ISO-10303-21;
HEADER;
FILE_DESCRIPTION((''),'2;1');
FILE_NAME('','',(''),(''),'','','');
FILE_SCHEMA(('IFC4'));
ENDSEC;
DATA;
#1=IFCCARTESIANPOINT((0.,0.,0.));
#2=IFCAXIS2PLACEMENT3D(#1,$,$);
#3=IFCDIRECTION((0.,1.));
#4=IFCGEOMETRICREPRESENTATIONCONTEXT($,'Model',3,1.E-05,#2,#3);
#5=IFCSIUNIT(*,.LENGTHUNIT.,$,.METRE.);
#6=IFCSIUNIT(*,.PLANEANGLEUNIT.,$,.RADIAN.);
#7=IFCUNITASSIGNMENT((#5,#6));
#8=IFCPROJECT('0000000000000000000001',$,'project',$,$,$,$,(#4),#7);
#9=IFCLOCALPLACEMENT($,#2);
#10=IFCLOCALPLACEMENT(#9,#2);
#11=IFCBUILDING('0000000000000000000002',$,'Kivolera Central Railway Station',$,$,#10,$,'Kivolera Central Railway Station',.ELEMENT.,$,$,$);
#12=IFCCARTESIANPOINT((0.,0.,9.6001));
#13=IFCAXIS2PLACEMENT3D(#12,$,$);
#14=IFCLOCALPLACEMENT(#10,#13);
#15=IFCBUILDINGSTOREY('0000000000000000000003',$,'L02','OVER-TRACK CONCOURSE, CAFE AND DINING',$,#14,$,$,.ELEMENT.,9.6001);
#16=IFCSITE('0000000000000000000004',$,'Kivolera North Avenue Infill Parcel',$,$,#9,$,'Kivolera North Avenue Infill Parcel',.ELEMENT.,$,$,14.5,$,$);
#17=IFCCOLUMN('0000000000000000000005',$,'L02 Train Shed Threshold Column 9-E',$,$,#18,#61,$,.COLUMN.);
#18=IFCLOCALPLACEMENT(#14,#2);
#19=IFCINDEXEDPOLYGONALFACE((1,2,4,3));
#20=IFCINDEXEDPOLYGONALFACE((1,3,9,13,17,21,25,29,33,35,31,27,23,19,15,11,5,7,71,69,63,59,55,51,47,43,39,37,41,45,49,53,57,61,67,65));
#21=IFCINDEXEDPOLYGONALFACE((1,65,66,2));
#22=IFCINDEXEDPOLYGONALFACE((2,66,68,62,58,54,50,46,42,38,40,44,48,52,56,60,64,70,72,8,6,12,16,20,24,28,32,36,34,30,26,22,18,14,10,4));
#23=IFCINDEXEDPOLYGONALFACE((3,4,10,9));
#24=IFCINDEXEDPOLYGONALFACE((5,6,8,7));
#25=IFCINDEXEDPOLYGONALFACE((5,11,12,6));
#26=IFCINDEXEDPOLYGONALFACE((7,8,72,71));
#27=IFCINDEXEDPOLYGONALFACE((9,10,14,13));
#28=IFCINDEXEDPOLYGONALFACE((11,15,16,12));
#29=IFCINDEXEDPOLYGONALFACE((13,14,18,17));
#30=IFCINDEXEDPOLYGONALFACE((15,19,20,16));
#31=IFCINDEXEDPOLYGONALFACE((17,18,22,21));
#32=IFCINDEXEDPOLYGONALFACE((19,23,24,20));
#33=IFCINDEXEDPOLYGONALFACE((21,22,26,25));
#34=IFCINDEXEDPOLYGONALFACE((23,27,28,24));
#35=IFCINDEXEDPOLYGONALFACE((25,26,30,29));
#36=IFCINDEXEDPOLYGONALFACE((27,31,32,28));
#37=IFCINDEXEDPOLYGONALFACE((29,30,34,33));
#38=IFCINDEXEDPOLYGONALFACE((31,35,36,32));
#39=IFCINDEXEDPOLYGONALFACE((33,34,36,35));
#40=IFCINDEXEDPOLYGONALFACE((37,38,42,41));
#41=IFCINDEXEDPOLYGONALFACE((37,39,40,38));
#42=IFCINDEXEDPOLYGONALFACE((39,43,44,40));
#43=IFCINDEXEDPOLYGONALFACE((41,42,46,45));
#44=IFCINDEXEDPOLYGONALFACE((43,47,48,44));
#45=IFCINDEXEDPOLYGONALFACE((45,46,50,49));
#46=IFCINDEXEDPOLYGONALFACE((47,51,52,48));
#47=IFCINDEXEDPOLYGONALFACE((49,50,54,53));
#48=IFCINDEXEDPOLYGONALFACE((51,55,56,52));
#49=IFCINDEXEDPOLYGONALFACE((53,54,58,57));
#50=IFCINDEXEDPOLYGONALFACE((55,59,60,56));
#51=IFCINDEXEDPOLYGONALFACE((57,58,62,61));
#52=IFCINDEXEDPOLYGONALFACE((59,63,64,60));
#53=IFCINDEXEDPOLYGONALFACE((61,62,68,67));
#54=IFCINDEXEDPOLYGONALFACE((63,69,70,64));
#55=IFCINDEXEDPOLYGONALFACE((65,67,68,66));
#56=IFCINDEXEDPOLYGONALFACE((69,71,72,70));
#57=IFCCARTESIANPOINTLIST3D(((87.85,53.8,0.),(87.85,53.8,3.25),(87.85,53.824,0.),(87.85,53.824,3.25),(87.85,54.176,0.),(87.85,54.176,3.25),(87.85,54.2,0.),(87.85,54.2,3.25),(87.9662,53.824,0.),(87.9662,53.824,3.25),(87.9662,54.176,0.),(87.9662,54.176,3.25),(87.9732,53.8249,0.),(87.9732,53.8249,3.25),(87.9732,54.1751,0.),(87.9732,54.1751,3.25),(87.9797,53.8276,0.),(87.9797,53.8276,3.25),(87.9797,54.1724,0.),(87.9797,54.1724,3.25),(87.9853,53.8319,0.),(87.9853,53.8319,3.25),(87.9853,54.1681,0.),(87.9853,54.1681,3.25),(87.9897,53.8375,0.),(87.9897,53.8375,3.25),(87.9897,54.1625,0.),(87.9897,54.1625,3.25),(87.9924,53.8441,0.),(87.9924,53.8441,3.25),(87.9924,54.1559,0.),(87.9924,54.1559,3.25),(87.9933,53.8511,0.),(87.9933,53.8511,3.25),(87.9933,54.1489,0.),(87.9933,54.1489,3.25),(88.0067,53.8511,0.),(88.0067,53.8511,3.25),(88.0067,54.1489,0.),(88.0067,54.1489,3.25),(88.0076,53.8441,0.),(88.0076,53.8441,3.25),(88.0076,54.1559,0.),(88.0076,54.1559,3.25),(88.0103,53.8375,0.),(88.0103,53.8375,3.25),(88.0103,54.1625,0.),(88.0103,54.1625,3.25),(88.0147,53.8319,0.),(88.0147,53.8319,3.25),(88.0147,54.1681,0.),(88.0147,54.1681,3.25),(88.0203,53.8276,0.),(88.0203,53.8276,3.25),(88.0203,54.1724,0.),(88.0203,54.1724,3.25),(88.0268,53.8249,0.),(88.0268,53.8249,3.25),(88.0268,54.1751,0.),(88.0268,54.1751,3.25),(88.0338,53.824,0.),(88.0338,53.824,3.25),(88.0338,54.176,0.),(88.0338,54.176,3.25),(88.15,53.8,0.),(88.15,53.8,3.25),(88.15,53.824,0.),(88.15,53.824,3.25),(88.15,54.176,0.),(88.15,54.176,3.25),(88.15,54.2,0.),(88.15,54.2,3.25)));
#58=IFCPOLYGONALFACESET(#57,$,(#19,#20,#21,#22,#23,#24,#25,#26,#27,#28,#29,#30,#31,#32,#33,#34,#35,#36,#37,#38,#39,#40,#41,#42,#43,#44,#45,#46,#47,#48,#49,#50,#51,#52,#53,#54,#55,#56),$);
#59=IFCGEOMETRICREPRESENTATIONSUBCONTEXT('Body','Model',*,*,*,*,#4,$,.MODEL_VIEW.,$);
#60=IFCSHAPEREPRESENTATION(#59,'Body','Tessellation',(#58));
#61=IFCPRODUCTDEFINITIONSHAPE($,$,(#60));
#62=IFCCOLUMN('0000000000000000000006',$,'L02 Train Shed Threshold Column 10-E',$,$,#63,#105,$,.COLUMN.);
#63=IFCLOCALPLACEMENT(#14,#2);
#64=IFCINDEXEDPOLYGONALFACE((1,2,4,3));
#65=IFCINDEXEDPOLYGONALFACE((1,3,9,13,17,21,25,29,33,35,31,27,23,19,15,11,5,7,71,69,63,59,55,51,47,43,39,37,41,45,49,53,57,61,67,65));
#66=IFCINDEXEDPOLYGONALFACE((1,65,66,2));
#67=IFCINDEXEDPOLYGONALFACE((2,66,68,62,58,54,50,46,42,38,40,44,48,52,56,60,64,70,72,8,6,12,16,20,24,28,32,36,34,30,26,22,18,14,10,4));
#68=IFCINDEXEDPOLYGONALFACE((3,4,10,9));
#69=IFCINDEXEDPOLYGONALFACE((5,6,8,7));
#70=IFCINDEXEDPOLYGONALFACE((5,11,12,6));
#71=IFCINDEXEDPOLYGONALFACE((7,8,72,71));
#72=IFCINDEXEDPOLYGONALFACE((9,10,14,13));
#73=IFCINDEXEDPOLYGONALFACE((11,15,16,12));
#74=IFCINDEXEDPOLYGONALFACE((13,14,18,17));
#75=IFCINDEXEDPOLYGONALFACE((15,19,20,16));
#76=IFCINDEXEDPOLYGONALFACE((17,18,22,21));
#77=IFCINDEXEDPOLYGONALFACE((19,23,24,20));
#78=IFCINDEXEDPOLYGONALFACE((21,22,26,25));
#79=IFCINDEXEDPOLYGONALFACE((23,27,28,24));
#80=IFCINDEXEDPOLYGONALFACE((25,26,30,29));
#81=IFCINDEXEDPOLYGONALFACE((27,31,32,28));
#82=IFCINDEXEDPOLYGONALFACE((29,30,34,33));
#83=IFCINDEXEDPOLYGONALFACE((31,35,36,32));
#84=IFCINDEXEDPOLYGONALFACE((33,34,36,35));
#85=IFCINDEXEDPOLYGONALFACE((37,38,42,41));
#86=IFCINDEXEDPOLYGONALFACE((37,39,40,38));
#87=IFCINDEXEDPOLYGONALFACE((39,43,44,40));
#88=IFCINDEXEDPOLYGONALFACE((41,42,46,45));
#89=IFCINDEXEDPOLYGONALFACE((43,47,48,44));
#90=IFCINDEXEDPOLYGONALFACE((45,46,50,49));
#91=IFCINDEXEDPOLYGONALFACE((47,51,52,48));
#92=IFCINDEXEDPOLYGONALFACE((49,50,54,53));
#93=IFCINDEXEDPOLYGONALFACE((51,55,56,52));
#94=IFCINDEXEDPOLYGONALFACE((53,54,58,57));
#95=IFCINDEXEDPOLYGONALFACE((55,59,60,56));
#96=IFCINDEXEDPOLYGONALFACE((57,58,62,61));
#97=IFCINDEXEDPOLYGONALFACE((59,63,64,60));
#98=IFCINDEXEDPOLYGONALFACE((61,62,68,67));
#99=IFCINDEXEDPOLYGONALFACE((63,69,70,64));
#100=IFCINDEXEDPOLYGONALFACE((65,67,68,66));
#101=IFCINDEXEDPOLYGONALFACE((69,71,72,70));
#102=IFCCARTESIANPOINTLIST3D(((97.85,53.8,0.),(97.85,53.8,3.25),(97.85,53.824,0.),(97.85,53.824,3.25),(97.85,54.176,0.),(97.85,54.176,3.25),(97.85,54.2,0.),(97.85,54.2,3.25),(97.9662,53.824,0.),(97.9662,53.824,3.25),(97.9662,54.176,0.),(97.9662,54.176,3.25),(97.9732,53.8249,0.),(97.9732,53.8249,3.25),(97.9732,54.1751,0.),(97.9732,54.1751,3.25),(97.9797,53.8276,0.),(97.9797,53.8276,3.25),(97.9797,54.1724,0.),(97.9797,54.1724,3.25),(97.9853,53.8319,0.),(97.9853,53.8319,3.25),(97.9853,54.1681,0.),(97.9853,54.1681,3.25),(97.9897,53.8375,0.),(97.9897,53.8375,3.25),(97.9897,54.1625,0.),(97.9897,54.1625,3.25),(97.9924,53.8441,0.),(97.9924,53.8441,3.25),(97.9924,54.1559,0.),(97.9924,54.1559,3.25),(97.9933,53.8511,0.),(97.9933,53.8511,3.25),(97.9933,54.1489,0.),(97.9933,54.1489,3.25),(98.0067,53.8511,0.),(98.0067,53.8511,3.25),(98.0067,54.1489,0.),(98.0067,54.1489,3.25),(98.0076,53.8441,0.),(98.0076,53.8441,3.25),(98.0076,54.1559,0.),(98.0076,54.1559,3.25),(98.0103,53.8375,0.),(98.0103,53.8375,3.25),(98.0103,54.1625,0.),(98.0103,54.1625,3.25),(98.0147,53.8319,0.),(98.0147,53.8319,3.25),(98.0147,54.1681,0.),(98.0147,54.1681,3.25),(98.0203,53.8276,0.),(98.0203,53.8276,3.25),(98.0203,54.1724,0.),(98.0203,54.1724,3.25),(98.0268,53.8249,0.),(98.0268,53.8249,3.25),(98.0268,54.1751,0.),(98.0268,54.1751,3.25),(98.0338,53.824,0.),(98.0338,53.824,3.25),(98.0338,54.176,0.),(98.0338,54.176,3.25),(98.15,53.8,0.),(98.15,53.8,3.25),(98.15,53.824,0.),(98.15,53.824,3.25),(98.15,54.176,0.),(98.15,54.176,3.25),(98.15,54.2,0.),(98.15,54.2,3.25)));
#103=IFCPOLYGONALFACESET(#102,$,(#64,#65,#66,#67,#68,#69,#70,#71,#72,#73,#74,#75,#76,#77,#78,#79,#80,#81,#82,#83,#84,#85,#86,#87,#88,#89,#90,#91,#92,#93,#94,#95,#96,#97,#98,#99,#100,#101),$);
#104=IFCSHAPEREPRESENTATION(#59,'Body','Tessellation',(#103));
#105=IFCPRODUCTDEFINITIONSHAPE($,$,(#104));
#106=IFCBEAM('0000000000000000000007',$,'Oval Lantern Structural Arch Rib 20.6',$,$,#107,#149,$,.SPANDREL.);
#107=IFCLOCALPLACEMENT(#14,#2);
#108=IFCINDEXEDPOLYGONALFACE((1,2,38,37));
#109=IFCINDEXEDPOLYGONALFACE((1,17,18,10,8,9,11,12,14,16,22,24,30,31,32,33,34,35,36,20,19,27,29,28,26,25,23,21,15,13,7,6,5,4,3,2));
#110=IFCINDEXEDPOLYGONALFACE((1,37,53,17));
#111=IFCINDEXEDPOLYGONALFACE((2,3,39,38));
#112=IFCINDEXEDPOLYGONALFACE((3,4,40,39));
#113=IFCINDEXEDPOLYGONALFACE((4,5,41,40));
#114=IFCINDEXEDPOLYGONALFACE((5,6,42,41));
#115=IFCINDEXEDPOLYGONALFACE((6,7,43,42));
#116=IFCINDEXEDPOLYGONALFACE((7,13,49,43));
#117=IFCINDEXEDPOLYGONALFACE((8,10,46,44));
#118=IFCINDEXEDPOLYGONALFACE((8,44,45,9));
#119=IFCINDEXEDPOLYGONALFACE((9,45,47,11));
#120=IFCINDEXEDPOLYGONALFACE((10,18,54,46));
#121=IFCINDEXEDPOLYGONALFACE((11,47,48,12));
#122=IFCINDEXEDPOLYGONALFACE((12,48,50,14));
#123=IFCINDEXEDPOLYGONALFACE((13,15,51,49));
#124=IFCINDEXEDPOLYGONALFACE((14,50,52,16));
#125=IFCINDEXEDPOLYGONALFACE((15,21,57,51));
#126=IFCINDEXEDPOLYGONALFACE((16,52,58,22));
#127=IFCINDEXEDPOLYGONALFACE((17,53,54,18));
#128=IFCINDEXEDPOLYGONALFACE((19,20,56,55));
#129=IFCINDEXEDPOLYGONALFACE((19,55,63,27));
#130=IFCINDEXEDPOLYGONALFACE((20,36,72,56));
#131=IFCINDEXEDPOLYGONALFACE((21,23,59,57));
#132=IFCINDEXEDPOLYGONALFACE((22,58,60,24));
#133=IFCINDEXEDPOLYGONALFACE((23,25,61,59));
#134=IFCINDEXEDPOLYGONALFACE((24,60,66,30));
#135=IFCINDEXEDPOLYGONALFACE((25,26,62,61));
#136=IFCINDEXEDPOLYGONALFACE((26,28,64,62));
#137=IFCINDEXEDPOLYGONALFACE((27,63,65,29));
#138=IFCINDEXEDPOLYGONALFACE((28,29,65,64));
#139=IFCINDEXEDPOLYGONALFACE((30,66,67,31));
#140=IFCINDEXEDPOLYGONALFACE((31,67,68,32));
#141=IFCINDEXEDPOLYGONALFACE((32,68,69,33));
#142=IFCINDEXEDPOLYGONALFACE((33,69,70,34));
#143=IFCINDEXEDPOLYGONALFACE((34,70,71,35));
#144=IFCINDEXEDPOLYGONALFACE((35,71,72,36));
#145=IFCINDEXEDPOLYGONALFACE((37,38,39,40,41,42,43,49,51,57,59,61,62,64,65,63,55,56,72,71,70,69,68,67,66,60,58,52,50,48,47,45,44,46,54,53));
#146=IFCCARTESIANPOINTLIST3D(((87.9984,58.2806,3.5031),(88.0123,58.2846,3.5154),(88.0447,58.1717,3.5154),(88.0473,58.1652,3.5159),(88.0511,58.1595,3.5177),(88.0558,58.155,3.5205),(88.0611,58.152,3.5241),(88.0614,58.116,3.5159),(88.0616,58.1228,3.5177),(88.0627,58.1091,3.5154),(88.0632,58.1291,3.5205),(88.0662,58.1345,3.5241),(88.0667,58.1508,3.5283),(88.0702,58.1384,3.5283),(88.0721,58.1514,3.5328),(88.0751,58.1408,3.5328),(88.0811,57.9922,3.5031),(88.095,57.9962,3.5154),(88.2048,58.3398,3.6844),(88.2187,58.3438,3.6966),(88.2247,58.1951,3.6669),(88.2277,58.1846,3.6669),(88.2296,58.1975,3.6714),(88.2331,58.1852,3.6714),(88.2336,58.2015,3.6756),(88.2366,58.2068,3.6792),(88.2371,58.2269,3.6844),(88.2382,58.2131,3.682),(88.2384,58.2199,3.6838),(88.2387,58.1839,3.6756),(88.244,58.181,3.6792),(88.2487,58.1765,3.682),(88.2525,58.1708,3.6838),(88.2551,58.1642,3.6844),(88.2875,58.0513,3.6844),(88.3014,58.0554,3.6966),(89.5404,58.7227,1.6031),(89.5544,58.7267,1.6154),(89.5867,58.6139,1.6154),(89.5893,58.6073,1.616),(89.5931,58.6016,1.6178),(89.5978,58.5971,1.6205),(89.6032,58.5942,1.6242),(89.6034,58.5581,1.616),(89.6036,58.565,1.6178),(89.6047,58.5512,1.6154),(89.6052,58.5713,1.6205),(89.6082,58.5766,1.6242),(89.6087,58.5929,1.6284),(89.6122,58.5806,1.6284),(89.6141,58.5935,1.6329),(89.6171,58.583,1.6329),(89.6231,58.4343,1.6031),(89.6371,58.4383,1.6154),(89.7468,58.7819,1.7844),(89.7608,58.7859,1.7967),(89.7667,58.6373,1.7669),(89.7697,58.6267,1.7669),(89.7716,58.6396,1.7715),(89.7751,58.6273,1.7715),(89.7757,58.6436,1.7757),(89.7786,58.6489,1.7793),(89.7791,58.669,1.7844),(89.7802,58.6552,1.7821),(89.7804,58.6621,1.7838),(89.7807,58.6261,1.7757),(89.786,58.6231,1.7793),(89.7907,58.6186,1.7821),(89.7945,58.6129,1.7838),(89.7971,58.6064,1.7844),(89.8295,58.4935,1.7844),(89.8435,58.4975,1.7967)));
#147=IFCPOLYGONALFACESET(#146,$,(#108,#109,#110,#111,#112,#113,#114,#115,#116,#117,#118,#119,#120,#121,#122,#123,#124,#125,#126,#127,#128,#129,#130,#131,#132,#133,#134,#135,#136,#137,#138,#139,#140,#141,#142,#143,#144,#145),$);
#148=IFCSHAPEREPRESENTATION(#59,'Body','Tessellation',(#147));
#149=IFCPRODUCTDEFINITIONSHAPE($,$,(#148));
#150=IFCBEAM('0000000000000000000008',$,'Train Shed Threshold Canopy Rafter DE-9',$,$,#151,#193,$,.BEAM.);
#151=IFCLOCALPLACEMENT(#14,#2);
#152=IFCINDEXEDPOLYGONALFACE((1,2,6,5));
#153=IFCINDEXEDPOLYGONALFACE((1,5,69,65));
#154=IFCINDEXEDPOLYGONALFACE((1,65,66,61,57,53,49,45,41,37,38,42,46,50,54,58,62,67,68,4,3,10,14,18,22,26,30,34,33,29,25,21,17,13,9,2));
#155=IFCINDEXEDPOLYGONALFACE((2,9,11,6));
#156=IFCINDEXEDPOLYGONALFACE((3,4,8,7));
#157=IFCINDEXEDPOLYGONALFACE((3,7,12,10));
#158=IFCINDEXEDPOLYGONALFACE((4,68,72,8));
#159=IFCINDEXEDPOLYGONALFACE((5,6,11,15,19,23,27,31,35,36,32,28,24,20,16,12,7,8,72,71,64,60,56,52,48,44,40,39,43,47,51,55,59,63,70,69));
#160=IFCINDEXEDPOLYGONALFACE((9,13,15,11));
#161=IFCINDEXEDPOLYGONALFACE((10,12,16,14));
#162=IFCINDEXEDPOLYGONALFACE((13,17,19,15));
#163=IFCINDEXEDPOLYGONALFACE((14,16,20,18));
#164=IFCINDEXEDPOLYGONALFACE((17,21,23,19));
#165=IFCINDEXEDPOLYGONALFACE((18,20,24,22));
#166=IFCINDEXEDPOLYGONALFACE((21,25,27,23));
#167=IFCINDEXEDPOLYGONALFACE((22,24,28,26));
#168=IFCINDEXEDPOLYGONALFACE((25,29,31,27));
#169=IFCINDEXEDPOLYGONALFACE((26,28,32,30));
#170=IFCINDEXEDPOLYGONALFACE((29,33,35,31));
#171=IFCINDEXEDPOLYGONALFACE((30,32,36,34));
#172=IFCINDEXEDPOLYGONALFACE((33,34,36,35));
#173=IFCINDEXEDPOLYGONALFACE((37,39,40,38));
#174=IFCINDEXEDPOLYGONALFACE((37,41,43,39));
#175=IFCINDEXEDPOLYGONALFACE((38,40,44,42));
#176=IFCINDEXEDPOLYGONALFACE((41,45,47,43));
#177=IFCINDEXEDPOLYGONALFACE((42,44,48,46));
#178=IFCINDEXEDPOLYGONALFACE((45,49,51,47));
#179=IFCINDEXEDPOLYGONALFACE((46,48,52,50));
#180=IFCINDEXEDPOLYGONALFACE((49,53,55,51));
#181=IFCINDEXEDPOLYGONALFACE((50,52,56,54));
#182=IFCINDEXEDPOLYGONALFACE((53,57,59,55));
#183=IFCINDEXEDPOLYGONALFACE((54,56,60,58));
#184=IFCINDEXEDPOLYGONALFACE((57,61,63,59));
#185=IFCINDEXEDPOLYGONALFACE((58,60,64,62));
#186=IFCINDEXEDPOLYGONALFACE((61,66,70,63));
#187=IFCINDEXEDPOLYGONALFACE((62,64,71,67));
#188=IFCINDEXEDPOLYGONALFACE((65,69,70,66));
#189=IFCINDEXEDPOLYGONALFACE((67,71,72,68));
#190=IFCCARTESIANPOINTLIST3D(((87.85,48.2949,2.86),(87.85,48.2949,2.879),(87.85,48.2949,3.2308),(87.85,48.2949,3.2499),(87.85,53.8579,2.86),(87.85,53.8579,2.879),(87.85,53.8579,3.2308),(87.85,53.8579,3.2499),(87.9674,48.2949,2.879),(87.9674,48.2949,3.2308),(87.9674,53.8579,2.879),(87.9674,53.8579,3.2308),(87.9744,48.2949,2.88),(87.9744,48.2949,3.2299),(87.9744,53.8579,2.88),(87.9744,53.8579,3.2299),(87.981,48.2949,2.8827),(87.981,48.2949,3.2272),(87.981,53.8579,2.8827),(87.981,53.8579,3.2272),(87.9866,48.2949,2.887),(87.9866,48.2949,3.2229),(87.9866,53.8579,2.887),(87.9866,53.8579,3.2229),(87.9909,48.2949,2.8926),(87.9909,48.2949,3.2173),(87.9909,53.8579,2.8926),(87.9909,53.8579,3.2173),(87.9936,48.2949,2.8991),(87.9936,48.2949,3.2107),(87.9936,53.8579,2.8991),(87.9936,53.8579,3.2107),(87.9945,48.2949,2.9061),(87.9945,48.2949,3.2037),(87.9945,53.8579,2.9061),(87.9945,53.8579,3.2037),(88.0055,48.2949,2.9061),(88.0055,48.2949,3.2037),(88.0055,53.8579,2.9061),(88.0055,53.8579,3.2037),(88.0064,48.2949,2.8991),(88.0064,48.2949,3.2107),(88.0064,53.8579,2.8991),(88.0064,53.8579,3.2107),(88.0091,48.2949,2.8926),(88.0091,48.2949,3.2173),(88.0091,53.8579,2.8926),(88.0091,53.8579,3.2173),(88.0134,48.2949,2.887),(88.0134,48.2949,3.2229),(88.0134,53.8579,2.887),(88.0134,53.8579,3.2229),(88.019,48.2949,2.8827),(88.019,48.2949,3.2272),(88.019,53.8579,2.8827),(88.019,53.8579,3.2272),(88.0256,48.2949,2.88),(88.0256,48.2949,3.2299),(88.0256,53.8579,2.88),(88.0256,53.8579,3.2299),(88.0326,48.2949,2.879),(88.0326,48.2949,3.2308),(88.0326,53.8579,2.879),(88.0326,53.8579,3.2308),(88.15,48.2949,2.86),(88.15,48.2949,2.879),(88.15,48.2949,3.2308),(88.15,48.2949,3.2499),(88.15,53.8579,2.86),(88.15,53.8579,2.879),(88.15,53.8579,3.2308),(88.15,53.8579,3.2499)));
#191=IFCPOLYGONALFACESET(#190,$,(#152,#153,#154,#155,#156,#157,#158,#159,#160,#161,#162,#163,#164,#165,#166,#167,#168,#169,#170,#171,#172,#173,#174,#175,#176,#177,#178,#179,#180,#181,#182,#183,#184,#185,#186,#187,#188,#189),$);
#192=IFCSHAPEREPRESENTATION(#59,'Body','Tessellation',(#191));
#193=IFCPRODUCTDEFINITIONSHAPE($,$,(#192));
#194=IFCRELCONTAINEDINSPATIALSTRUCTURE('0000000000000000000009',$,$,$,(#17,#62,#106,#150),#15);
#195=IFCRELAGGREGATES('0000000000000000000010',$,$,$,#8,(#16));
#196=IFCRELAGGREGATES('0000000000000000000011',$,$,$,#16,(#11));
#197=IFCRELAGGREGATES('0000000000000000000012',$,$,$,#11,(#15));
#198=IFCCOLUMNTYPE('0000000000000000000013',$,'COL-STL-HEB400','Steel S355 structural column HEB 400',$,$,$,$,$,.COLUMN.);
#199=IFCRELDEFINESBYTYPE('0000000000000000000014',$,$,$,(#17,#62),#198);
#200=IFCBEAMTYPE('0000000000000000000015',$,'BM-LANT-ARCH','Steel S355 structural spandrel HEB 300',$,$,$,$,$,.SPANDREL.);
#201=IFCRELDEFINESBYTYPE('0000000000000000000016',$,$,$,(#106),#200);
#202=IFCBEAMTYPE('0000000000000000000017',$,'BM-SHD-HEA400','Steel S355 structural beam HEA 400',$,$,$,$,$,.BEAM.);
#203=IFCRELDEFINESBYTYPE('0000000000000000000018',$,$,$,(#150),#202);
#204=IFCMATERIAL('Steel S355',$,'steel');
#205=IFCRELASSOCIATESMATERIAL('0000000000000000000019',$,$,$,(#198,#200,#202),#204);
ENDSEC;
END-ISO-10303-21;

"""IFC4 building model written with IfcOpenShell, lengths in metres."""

from ifc_helpers import new_model, si_unit, direction, frame, origin, origin_2d, place, context, subcontext, project, spatial, i_section, extrude, material, material_profile, profile_set, type_object, element, save


model = new_model("IFC4")

# Units and contexts
model_context = context("Model", 3, precision=1e-05, world=origin(), true_north=direction((0.0, 1.0)))
body_context = subcontext(model_context, "Body", "Model", "MODEL_VIEW")
ifc_project = project(units=[si_unit("LENGTHUNIT", "METRE"), si_unit("PLANEANGLEUNIT", "RADIAN")], contexts=[model_context])

# Site, building, storey
site_placement = place(None, origin())
site = spatial("IfcSite", under=ifc_project, at=site_placement, Name="Kivolera North Avenue Infill Parcel", LongName="Kivolera North Avenue Infill Parcel", CompositionType="ELEMENT", RefElevation=14.5)
building_placement = place(site_placement, origin())
building = spatial("IfcBuilding", under=site, at=building_placement, Name="Kivolera Central Railway Station", LongName="Kivolera Central Railway Station", CompositionType="ELEMENT")
storey_placement = place(building_placement, frame((0.0, 0.0, 9.6001)))
storey = spatial("IfcBuildingStorey", under=building, at=storey_placement, Name="L02", Description="OVER-TRACK CONCOURSE, CAFE AND DINING", CompositionType="ELEMENT", Elevation=9.6001)

# Columns
ifc_material_1 = material(Name="Steel S355", Category="steel")
ifc_material_profile_1 = material_profile(ifc_material_1, i_section(OverallWidth=0.3, OverallDepth=0.3999, WebThickness=0.0134, FlangeThickness=0.0239, FilletRadius=0.0271, at=origin_2d()), Name="HEB 400")
ifc_profile_set_1 = profile_set([ifc_material_profile_1], Name="Steel S355")
column_type = type_object("IfcColumnType", Name="COL-STL-HEB400", Description="Steel S355 structural column HEB 400", PredefinedType="COLUMN", material=ifc_profile_set_1)
for number, where, z_axis, x_axis, name in (
    (1, (88.0, 54.0, 0.0), (0.0, 0.0, 1.0), (1.0, 0.0, 0.0), "L02 Train Shed Threshold Column 9-E"),
    (2, (98.0, 54.0, 0.0), (0.0, 0.0, 1.0), (1.0, 0.0, 0.0), "L02 Train Shed Threshold Column 10-E"),
):
    element("IfcColumn", number, at=place(storey_placement, frame(where, z_axis=z_axis, x_axis=x_axis)), inside=storey, type_object=column_type, Name=name, PredefinedType="COLUMN", context=body_context, shape_type="SweptSolid", body=[
        extrude(i_section(OverallWidth=0.3, OverallDepth=0.3999, WebThickness=0.0134, FlangeThickness=0.0239, FilletRadius=0.0271, at=origin_2d()), origin(), (0.0, 0.0, 1.0), 3.25),
    ])

# Beams
ifc_material_profile_2 = material_profile(ifc_material_1, i_section(OverallWidth=0.3, OverallDepth=0.3, WebThickness=0.011, FlangeThickness=0.019, FilletRadius=0.0271, at=origin_2d()), Name="HEB 300")
ifc_profile_set_2 = profile_set([ifc_material_profile_2], Name="Steel S355")
beam_type_1 = type_object("IfcBeamType", Name="BM-LANT-ARCH", Description="Steel S355 structural spandrel HEB 300", PredefinedType="SPANDREL", material=ifc_profile_set_2)
beam_1_placement = place(storey_placement, frame((88.1499, 58.168, 3.5999), z_axis=(0.620137, 0.177813, -0.764076), x_axis=(-0.275626, 0.961265, 0.0)))
element("IfcBeam", 3, at=beam_1_placement, inside=storey, type_object=beam_type_1, Name="Oval Lantern Structural Arch Rib 20.6", PredefinedType="SPANDREL", context=body_context, shape_type="SweptSolid", body=[
    extrude(i_section(OverallWidth=0.3, OverallDepth=0.3, WebThickness=0.011, FlangeThickness=0.019, FilletRadius=0.0271, at=origin_2d()), origin(), (0.0, 0.0, 1.0), 2.4866),
])
ifc_material_profile_3 = material_profile(ifc_material_1, i_section(OverallWidth=0.3, OverallDepth=0.3899, WebThickness=0.011, FlangeThickness=0.019, FilletRadius=0.0271, at=origin_2d()), Name="HEA 400")
ifc_profile_set_3 = profile_set([ifc_material_profile_3], Name="Steel S355")
beam_type_2 = type_object("IfcBeamType", Name="BM-SHD-HEA400", Description="Steel S355 structural beam HEA 400", PredefinedType="BEAM", material=ifc_profile_set_3)
beam_2_placement = place(storey_placement, frame((88.0, 48.2949, 3.0549), z_axis=(0.0, 1.0, 0.0), x_axis=(-1.0, 0.0, 0.0)))
element("IfcBeam", 4, at=beam_2_placement, inside=storey, type_object=beam_type_2, Name="Train Shed Threshold Canopy Rafter DE-9", PredefinedType="BEAM", context=body_context, shape_type="SweptSolid", body=[
    extrude(i_section(OverallWidth=0.3, OverallDepth=0.3899, WebThickness=0.011, FlangeThickness=0.019, FilletRadius=0.0271, at=origin_2d()), origin(), (0.0, 0.0, 1.0), 5.563),
])

save(model, "model.ifc")
